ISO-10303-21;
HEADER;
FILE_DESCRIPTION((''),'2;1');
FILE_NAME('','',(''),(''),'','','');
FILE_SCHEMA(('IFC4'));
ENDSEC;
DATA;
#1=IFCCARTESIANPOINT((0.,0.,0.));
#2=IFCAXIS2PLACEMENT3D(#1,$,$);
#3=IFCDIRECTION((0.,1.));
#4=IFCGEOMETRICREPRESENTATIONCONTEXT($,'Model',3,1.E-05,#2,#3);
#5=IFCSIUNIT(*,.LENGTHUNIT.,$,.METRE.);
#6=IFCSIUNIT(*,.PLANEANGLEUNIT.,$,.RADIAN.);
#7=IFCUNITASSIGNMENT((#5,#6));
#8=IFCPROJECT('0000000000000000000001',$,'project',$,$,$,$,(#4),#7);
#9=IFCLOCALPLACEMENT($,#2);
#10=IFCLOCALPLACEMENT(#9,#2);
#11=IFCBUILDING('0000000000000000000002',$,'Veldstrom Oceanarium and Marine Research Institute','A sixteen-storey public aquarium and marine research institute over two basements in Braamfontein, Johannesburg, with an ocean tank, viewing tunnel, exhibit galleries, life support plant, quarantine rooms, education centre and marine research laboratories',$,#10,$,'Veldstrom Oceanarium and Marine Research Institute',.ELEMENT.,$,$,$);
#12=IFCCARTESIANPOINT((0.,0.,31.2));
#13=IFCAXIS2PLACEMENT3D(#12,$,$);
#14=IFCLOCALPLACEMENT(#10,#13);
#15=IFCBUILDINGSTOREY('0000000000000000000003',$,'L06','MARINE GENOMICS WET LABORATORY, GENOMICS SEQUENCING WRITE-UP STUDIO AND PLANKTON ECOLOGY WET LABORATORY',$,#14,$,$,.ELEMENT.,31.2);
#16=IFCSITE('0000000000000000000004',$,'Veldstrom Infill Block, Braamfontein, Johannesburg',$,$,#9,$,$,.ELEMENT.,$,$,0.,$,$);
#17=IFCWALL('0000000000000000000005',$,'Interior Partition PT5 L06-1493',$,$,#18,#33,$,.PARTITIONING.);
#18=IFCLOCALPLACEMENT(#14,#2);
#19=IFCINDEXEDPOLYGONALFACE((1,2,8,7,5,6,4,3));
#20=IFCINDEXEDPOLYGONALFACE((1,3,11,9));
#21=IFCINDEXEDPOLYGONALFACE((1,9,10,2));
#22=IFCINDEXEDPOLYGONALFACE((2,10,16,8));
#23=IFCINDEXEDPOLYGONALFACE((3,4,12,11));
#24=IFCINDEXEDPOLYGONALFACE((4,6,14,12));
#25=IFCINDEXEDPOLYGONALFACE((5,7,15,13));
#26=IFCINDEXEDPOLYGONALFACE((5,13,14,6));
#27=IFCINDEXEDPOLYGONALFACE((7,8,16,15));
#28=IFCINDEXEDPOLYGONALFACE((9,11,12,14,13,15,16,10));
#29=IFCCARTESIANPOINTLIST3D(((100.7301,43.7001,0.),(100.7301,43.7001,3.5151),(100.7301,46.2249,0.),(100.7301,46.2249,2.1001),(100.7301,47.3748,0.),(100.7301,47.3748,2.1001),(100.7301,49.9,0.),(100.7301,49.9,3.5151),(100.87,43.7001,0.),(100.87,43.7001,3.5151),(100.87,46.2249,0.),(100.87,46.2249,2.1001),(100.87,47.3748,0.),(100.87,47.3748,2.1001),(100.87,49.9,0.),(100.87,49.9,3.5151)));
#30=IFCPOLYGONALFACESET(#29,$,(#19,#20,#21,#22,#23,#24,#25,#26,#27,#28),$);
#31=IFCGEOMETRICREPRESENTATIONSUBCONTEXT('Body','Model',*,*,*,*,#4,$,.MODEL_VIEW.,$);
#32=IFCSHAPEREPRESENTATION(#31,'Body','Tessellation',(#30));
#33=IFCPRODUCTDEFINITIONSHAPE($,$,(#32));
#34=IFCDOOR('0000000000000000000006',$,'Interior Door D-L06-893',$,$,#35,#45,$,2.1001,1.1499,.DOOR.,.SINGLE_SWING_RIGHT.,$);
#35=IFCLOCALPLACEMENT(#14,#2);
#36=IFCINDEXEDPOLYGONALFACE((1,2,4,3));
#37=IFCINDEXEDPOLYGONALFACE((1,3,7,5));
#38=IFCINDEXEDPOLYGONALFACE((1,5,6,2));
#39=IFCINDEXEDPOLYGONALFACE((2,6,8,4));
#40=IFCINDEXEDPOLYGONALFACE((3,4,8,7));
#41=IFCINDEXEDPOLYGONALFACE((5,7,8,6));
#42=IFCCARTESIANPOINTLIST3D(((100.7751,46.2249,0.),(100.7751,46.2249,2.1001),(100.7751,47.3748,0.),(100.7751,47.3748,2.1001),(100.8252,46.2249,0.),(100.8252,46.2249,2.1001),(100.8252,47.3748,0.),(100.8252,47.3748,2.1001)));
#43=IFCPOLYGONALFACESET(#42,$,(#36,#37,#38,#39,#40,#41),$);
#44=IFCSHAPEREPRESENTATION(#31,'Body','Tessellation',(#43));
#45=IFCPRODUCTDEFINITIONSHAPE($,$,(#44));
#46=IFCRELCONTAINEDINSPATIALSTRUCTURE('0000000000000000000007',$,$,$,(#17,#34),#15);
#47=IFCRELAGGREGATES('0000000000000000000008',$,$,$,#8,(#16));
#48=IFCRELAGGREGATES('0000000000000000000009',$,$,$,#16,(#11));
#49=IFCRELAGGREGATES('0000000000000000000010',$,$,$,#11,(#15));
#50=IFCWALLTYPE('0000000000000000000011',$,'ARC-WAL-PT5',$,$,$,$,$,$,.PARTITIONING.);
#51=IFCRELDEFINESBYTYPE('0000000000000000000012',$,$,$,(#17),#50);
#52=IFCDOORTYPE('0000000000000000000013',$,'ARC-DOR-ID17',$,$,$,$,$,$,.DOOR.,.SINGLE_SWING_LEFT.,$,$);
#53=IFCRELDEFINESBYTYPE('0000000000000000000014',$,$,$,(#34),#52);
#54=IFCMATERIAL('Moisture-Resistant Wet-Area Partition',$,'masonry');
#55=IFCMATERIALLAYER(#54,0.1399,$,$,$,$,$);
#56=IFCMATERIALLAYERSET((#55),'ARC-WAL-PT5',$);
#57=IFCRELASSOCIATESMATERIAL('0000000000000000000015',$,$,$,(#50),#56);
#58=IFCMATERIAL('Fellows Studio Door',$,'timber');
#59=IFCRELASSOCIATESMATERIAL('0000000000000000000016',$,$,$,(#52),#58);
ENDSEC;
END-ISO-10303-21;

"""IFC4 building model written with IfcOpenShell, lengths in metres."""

from ifc_helpers import new_model, si_unit, direction, frame, frame_2d, origin, place, context, subcontext, project, spatial, rectangle, extrude, material, layer, layer_set, type_object, element, fill, save


model = new_model("IFC4")

# Units and contexts
model_context = context("Model", 3, precision=1e-05, world=origin(), true_north=direction((0.0, 1.0)))
body_context = subcontext(model_context, "Body", "Model", "MODEL_VIEW")
ifc_project = project(units=[si_unit("LENGTHUNIT", "METRE"), si_unit("PLANEANGLEUNIT", "RADIAN")], contexts=[model_context])

# Site, building, storey
site_placement = place(None, origin())
site = spatial("IfcSite", under=ifc_project, at=site_placement, Name="Veldstrom Infill Block, Braamfontein, Johannesburg", CompositionType="ELEMENT", RefElevation=0.0)
building_placement = place(site_placement, origin())
building = spatial("IfcBuilding", under=site, at=building_placement, Name="Veldstrom Oceanarium and Marine Research Institute", Description="A sixteen-storey public aquarium and marine research institute over two basements in Braamfontein, Johannesburg, with an ocean tank, viewing tunnel, exhibit galleries, life support plant, quarantine rooms, education centre and marine research laboratories", LongName="Veldstrom Oceanarium and Marine Research Institute", CompositionType="ELEMENT")
storey_placement = place(building_placement, frame((0.0, 0.0, 31.2)))
storey = spatial("IfcBuildingStorey", under=building, at=storey_placement, Name="L06", Description="MARINE GENOMICS WET LABORATORY, GENOMICS SEQUENCING WRITE-UP STUDIO AND PLANKTON ECOLOGY WET LABORATORY", CompositionType="ELEMENT", Elevation=31.2)

# Wall, opening, door
ifc_material_1 = material(Name="Moisture-Resistant Wet-Area Partition", Category="masonry")
ifc_layer_1 = layer(ifc_material_1, 0.1399)
ifc_layer_set_1 = layer_set([ifc_layer_1], Name="ARC-WAL-PT5")
wall_type = type_object("IfcWallType", Name="ARC-WAL-PT5", PredefinedType="PARTITIONING", material=ifc_layer_set_1)
wall_placement = place(storey_placement, frame((100.8, 43.7, 0.0), z_axis=(0.0, 0.0, 1.0), x_axis=(0.0, 1.0, 0.0)))
wall = element("IfcWall", 1, at=wall_placement, inside=storey, type_object=wall_type, Name="Interior Partition PT5 L06-1493", PredefinedType="PARTITIONING", context=body_context, shape_type="SweptSolid", body=[
    extrude(rectangle(XDim=6.2, YDim=0.1399, at=frame_2d((3.1001, 0.0))), origin(), (0.0, 0.0, 1.0), 3.5151),
])
opening_placement = place(wall_placement, frame((2.5249, 0.0, 0.0)))
opening = element("IfcOpeningElement", 2, at=opening_placement, cuts=wall, PredefinedType="OPENING", context=body_context, shape_type="SweptSolid", body=[
    extrude(rectangle(XDim=1.1499, YDim=2.1001, at=frame_2d((0.575, 1.05))), frame((0.0, 0.0798, 0.0), z_axis=(0.0, -1.0, 0.0), x_axis=(1.0, 0.0, 0.0)), (0.0, 0.0, 1.0), 0.1599),
])
ifc_material_2 = material(Name="Fellows Studio Door", Category="timber")
door_type = type_object("IfcDoorType", Name="ARC-DOR-ID17", OperationType="SINGLE_SWING_LEFT", PredefinedType="DOOR", material=ifc_material_2)
door_placement = place(opening_placement, origin())
door = element("IfcDoor", 3, at=door_placement, inside=storey, type_object=door_type, Name="Interior Door D-L06-893", OperationType="SINGLE_SWING_RIGHT", OverallHeight=2.1001, OverallWidth=1.1499, PredefinedType="DOOR", context=body_context, shape_type="SweptSolid", body=[
    extrude(rectangle(XDim=1.1499, YDim=2.1001, at=frame_2d((0.575, 1.05))), frame((0.0, 0.0249, 0.0), z_axis=(0.0, -1.0, 0.0), x_axis=(1.0, 0.0, 0.0)), (0.0, 0.0, 1.0), 0.05),
])
fill(opening, door)

save(model, "model.ifc")
